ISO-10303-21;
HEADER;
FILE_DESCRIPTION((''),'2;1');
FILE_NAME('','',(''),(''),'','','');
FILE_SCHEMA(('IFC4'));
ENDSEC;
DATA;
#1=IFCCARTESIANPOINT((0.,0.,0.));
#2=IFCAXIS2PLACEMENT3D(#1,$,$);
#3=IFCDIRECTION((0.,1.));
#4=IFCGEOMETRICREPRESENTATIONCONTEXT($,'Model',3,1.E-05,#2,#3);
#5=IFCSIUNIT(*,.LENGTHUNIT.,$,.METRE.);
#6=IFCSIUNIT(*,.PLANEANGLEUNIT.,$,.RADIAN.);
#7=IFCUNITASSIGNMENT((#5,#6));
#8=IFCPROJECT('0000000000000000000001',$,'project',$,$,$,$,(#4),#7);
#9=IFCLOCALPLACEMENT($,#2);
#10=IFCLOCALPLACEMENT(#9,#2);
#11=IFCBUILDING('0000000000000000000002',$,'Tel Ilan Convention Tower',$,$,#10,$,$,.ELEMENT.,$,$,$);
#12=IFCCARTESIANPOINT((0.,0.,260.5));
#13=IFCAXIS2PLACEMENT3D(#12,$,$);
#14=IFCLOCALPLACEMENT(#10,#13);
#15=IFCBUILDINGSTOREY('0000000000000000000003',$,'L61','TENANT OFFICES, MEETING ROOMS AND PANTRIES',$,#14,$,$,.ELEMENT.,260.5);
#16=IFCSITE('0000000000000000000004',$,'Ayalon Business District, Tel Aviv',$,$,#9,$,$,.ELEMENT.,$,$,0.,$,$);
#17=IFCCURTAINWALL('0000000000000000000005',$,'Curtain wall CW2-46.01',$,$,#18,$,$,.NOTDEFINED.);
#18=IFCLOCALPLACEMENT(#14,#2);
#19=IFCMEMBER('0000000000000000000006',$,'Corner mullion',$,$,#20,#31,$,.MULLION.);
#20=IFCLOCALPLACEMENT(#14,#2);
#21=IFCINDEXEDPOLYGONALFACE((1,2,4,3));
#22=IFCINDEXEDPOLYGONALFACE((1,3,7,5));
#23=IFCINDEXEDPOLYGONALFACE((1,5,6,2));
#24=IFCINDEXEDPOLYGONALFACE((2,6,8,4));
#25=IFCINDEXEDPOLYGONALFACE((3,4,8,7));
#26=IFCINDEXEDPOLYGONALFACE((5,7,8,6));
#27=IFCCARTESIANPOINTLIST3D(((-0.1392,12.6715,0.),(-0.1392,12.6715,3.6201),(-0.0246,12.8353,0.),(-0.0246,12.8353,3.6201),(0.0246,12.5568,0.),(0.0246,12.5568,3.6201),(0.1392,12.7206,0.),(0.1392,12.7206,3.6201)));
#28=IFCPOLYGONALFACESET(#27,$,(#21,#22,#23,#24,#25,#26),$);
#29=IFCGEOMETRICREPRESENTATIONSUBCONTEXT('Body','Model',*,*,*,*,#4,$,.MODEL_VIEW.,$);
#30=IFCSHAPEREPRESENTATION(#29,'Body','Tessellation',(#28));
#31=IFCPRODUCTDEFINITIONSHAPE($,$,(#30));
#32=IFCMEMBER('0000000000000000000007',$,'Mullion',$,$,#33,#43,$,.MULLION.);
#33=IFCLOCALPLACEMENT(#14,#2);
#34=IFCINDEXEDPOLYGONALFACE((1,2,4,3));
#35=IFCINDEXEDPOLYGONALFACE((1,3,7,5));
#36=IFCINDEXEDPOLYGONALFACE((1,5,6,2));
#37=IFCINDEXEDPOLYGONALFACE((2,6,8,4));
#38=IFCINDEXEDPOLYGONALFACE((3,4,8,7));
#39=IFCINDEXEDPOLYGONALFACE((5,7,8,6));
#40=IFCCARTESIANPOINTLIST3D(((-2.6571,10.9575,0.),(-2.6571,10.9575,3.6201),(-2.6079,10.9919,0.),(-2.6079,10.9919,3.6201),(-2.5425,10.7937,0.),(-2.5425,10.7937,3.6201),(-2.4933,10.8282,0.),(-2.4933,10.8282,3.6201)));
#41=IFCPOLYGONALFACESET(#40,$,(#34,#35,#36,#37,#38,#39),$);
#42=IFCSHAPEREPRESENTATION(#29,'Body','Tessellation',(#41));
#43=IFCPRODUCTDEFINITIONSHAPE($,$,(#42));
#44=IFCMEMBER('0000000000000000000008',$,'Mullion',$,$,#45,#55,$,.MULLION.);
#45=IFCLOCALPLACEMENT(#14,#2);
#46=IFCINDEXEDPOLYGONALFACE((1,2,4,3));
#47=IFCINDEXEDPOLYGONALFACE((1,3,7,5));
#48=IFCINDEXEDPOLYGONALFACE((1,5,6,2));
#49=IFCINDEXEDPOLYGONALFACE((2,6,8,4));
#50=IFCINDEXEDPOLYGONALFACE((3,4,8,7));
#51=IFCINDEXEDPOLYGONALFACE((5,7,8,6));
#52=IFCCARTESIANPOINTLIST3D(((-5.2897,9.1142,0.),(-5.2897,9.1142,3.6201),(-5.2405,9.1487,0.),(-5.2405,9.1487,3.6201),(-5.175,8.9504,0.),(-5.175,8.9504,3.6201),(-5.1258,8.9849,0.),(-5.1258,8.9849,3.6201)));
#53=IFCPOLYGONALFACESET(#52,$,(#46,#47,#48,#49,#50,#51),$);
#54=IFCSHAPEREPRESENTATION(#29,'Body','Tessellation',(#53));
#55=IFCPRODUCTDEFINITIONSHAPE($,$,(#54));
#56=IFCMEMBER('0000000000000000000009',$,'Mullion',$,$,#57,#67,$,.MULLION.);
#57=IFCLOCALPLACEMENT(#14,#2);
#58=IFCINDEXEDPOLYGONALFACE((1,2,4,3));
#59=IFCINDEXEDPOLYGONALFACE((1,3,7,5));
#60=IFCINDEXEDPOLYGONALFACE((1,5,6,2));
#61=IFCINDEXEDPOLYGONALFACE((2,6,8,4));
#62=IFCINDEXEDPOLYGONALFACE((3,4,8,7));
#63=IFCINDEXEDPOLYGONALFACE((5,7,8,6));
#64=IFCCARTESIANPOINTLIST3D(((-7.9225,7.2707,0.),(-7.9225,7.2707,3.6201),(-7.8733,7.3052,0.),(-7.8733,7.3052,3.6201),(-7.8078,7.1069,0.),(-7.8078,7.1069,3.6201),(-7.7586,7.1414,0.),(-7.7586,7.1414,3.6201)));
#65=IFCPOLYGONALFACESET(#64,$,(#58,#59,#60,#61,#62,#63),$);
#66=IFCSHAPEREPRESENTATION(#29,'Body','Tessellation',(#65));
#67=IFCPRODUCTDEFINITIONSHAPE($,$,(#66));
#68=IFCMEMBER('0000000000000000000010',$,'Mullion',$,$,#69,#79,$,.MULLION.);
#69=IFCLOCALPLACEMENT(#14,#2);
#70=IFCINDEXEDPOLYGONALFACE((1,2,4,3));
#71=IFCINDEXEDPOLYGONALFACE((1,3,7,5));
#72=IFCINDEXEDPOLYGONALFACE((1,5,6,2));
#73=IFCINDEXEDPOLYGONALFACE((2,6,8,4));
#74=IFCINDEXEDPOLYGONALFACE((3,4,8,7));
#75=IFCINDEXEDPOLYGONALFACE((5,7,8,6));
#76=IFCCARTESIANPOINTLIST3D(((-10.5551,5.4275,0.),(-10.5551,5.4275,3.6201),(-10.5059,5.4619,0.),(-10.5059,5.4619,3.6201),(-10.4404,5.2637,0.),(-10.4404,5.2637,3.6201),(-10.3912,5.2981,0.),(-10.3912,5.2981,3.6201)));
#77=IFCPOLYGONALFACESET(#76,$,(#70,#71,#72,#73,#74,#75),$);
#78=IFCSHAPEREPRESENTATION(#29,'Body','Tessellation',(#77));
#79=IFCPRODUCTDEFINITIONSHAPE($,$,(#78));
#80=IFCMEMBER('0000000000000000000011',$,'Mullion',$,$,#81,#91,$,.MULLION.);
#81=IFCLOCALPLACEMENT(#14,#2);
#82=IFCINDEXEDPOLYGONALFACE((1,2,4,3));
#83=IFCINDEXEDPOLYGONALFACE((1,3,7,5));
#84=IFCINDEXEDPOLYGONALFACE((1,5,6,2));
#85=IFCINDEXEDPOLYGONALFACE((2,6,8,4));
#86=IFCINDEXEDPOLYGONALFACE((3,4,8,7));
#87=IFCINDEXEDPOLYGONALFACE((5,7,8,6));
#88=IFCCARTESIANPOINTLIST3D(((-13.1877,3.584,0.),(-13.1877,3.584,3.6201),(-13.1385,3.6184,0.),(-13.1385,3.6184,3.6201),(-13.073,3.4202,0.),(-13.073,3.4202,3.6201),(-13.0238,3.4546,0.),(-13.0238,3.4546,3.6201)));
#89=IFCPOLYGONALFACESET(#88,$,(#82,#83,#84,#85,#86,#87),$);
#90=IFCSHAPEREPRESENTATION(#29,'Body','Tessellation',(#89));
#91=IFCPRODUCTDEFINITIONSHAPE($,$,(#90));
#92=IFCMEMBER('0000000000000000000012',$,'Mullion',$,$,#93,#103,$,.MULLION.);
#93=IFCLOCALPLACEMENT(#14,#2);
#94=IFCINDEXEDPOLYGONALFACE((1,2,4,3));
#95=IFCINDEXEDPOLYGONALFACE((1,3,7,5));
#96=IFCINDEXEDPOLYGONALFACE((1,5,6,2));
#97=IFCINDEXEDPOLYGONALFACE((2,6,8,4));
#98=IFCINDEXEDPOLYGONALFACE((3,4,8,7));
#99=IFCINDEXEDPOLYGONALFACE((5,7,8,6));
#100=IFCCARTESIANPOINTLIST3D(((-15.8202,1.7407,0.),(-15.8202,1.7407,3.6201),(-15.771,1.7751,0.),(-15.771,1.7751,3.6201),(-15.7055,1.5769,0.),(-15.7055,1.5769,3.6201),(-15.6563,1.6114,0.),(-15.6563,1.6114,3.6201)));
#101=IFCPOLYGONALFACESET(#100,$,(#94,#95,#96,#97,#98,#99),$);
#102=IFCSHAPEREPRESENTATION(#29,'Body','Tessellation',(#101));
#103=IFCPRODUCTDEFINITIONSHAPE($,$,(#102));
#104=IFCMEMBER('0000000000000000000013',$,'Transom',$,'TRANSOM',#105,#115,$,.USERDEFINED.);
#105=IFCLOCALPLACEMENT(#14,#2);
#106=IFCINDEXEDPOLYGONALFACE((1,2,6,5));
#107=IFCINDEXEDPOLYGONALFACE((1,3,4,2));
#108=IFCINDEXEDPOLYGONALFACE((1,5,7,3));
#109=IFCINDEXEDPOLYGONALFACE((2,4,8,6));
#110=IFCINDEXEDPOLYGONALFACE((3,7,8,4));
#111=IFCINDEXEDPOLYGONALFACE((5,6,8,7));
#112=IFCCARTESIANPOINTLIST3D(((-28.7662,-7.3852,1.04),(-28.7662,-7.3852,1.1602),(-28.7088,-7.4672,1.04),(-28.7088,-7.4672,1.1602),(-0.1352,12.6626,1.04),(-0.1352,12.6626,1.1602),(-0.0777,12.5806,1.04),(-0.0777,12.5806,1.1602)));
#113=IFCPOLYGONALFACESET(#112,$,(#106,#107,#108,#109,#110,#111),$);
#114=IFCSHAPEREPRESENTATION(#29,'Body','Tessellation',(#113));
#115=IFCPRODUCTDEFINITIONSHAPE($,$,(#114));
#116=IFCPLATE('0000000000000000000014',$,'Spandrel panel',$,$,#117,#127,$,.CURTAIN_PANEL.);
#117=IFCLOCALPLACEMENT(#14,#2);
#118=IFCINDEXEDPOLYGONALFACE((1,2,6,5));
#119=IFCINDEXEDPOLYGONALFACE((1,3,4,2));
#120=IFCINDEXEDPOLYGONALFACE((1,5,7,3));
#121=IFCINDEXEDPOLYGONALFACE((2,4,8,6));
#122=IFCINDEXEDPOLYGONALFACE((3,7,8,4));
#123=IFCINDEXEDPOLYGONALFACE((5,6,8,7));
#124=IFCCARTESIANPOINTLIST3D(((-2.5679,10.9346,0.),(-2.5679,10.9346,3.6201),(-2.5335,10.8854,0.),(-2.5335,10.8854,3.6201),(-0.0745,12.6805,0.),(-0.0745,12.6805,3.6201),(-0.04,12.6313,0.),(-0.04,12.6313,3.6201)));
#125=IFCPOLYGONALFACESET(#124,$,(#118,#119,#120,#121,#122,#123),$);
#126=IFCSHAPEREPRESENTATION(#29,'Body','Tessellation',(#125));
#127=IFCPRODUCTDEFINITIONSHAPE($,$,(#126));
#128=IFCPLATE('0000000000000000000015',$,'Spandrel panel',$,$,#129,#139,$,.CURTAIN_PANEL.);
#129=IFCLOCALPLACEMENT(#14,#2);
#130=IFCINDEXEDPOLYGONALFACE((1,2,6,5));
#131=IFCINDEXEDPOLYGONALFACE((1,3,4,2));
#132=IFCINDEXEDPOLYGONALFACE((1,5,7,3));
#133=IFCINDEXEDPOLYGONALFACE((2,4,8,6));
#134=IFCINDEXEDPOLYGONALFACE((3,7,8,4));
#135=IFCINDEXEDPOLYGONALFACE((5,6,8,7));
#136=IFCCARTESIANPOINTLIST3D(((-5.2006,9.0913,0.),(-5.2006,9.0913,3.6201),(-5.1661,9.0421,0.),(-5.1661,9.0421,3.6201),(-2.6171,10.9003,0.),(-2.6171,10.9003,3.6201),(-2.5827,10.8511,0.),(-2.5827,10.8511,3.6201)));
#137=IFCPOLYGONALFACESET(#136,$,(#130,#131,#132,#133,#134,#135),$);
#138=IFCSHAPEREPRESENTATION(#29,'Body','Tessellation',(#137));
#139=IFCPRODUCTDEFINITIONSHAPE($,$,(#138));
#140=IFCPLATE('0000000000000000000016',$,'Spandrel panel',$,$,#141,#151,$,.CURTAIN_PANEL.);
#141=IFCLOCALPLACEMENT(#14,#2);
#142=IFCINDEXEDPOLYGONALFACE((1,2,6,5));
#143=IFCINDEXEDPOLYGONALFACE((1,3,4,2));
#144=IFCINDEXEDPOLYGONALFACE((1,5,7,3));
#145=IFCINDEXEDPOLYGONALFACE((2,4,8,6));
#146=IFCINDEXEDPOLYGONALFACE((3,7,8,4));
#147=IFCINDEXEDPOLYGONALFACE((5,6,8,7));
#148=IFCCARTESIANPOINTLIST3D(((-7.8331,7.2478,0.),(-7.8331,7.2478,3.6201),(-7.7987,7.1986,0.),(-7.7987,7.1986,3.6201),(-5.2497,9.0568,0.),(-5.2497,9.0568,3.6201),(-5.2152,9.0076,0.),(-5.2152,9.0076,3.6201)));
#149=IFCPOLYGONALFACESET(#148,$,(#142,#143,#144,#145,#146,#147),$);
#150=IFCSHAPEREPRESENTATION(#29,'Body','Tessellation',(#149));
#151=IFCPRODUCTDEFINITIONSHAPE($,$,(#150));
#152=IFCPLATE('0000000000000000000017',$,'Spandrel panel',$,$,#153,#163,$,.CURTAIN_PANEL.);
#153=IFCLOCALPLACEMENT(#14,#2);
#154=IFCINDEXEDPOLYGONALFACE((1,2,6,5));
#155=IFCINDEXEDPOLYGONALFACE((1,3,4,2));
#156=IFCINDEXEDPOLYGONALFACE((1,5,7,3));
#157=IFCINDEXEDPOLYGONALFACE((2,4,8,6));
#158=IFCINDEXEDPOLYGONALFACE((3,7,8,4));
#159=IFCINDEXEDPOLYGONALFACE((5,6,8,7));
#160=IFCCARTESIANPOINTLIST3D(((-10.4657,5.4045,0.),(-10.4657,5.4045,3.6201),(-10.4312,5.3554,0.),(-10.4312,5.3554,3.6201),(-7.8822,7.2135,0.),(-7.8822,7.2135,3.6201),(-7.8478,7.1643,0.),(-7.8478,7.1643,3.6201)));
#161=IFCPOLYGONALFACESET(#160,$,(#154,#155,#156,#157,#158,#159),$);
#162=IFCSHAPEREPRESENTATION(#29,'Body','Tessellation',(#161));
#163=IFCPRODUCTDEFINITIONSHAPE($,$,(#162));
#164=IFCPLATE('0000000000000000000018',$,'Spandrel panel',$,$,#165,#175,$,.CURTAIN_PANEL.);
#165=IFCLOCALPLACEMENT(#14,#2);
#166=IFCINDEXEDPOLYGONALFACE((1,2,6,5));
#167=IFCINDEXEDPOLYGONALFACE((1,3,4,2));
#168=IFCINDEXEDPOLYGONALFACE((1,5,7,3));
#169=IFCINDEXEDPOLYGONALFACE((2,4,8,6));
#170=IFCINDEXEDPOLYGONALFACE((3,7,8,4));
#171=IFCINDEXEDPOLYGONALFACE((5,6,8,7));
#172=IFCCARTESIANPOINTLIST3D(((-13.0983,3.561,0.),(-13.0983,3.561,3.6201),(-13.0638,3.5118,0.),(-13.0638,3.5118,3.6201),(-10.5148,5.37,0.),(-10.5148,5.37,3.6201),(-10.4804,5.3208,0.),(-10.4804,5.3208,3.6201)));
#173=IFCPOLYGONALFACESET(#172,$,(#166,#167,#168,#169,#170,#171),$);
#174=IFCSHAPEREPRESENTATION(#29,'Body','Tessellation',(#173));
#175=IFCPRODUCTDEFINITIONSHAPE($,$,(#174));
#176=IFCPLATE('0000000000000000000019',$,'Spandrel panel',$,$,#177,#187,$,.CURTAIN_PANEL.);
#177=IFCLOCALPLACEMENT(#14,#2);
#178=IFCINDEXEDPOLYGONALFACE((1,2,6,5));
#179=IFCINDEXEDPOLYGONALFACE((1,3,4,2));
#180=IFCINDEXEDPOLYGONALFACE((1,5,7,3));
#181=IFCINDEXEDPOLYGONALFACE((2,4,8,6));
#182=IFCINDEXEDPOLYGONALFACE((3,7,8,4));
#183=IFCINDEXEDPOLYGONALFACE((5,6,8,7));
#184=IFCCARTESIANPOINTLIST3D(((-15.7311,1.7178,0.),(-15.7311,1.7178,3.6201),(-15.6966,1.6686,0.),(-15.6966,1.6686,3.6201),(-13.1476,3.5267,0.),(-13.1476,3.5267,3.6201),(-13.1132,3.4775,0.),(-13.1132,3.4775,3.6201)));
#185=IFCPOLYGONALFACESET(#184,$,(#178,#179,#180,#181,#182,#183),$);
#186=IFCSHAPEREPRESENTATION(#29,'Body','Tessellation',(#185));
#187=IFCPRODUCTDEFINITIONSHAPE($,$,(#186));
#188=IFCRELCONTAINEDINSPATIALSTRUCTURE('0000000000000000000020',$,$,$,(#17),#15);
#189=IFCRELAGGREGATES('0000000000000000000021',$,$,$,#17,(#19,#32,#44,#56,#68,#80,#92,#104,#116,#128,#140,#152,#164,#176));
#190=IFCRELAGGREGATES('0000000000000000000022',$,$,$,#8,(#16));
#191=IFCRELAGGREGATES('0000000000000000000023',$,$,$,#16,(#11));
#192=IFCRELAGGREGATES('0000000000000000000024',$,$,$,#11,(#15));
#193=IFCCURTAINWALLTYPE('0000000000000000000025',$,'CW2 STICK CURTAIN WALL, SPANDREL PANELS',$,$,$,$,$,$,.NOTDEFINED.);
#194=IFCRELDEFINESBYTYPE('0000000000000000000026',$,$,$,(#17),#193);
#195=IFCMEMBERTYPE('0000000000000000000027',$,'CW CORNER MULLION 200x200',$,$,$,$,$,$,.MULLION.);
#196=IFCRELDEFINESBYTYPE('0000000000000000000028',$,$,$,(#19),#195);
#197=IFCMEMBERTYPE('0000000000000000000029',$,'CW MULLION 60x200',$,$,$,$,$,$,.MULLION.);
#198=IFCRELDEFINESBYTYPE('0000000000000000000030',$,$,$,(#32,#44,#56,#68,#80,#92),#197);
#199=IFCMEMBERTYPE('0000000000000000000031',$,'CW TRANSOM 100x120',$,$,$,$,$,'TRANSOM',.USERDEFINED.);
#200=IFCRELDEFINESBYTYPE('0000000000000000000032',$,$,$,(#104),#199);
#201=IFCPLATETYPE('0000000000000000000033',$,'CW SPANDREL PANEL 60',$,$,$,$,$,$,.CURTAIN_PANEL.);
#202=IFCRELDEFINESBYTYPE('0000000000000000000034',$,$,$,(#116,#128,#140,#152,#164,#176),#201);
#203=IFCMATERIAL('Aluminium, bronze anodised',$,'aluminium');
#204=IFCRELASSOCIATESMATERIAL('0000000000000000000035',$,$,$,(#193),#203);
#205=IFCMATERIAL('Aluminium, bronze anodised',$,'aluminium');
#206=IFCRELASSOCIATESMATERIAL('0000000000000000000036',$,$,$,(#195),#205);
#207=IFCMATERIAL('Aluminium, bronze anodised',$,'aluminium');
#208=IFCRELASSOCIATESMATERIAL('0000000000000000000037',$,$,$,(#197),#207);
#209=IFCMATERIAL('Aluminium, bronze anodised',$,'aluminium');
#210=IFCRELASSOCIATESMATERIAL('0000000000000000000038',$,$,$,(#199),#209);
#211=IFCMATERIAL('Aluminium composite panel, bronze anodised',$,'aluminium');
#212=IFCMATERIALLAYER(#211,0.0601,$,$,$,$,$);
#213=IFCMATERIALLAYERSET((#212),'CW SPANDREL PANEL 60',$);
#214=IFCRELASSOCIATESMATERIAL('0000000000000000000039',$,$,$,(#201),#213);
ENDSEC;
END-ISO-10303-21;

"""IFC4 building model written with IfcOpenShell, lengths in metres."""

from ifc_helpers import new_model, si_unit, direction, frame, origin, origin_2d, place, context, subcontext, project, spatial, rectangle, extrude, material, layer, layer_set, material_profile, profile_set, type_object, element, aggregate, save


model = new_model("IFC4")

# Units and contexts
model_context = context("Model", 3, precision=1e-05, world=origin(), true_north=direction((0.0, 1.0)))
body_context = subcontext(model_context, "Body", "Model", "MODEL_VIEW")
ifc_project = project(units=[si_unit("LENGTHUNIT", "METRE"), si_unit("PLANEANGLEUNIT", "RADIAN")], contexts=[model_context])

# Site, building, storey
site_placement = place(None, origin())
site = spatial("IfcSite", under=ifc_project, at=site_placement, Name="Ayalon Business District, Tel Aviv", CompositionType="ELEMENT", RefElevation=0.0)
building_placement = place(site_placement, origin())
building = spatial("IfcBuilding", under=site, at=building_placement, Name="Tel Ilan Convention Tower", CompositionType="ELEMENT")
storey_placement = place(building_placement, frame((0.0, 0.0, 260.5)))
storey = spatial("IfcBuildingStorey", under=building, at=storey_placement, Name="L61", Description="TENANT OFFICES, MEETING ROOMS AND PANTRIES", CompositionType="ELEMENT", Elevation=260.5)

# Curtain wall, members, plates
ifc_material_1 = material(Name="Aluminium, bronze anodised", Category="aluminium")
curtain_wall_type = type_object("IfcCurtainWallType", Name="CW2 STICK CURTAIN WALL, SPANDREL PANELS", PredefinedType="NOTDEFINED", material=ifc_material_1)
curtain_wall_placement = place(storey_placement, origin())
curtain_wall = element("IfcCurtainWall", 1, at=curtain_wall_placement, inside=storey, type_object=curtain_wall_type, Name="Curtain wall CW2-46.01", PredefinedType="NOTDEFINED")
ifc_material_2 = material(Name="Aluminium, bronze anodised", Category="aluminium")
ifc_material_profile_1 = material_profile(ifc_material_2, rectangle(XDim=0.2, YDim=0.2, at=origin_2d()), Name="CW CORNER MULLION 200x200")
ifc_profile_set_1 = profile_set([ifc_material_profile_1], Name="Aluminium, bronze anodised")
member_type_1 = type_object("IfcMemberType", Name="CW CORNER MULLION 200x200", PredefinedType="MULLION", material=ifc_profile_set_1)
member_1_placement = place(storey_placement, frame((0.0, 12.696, 0.0), z_axis=(0.0, 0.0, 1.0), x_axis=(-0.819152, 0.573576, 0.0)))
member_1 = element("IfcMember", 2, at=member_1_placement, type_object=member_type_1, Name="Corner mullion", PredefinedType="MULLION", context=body_context, shape_type="SweptSolid", body=[
    extrude(rectangle(XDim=0.2, YDim=0.2, at=origin_2d()), origin(), (0.0, 0.0, 1.0), 3.6201),
])
ifc_material_3 = material(Name="Aluminium, bronze anodised", Category="aluminium")
ifc_material_profile_2 = material_profile(ifc_material_3, rectangle(XDim=0.0601, YDim=0.2, at=origin_2d()), Name="CW MULLION 60x200")
ifc_profile_set_2 = profile_set([ifc_material_profile_2], Name="Aluminium, bronze anodised")
member_type_2 = type_object("IfcMemberType", Name="CW MULLION 60x200", PredefinedType="MULLION", material=ifc_profile_set_2)
member_2_placement = place(storey_placement, frame((-2.5752, 10.8928, 0.0), z_axis=(0.0, 0.0, 1.0), x_axis=(-0.819152, -0.573576, 0.0)))
member_2 = element("IfcMember", 3, at=member_2_placement, type_object=member_type_2, Name="Mullion", PredefinedType="MULLION", context=body_context, shape_type="SweptSolid", body=[
    extrude(rectangle(XDim=0.0601, YDim=0.2, at=origin_2d()), origin(), (0.0, 0.0, 1.0), 3.6201),
])
member_3_placement = place(storey_placement, frame((-5.2078, 9.0496, 0.0), z_axis=(0.0, 0.0, 1.0), x_axis=(-0.819152, -0.573576, 0.0)))
member_3 = element("IfcMember", 4, at=member_3_placement, type_object=member_type_2, Name="Mullion", PredefinedType="MULLION", context=body_context, shape_type="SweptSolid", body=[
    extrude(rectangle(XDim=0.0601, YDim=0.2, at=origin_2d()), origin(), (0.0, 0.0, 1.0), 3.6201),
])
member_4_placement = place(storey_placement, frame((-7.8406, 7.2061, 0.0), z_axis=(0.0, 0.0, 1.0), x_axis=(-0.819152, -0.573576, 0.0)))
member_4 = element("IfcMember", 5, at=member_4_placement, type_object=member_type_2, Name="Mullion", PredefinedType="MULLION", context=body_context, shape_type="SweptSolid", body=[
    extrude(rectangle(XDim=0.0601, YDim=0.2, at=origin_2d()), origin(), (0.0, 0.0, 1.0), 3.6201),
])
member_5_placement = place(storey_placement, frame((-10.4731, 5.3628, 0.0), z_axis=(0.0, 0.0, 1.0), x_axis=(-0.819152, -0.573576, 0.0)))
member_5 = element("IfcMember", 6, at=member_5_placement, type_object=member_type_2, Name="Mullion", PredefinedType="MULLION", context=body_context, shape_type="SweptSolid", body=[
    extrude(rectangle(XDim=0.0601, YDim=0.2, at=origin_2d()), origin(), (0.0, 0.0, 1.0), 3.6201),
])
member_6_placement = place(storey_placement, frame((-13.1057, 3.5193, 0.0), z_axis=(0.0, 0.0, 1.0), x_axis=(-0.819152, -0.573576, 0.0)))
member_6 = element("IfcMember", 7, at=member_6_placement, type_object=member_type_2, Name="Mullion", PredefinedType="MULLION", context=body_context, shape_type="SweptSolid", body=[
    extrude(rectangle(XDim=0.0601, YDim=0.2, at=origin_2d()), origin(), (0.0, 0.0, 1.0), 3.6201),
])
member_7_placement = place(storey_placement, frame((-15.7383, 1.676, 0.0), z_axis=(0.0, 0.0, 1.0), x_axis=(-0.819152, -0.573576, 0.0)))
member_7 = element("IfcMember", 8, at=member_7_placement, type_object=member_type_2, Name="Mullion", PredefinedType="MULLION", context=body_context, shape_type="SweptSolid", body=[
    extrude(rectangle(XDim=0.0601, YDim=0.2, at=origin_2d()), origin(), (0.0, 0.0, 1.0), 3.6201),
])
ifc_material_4 = material(Name="Aluminium, bronze anodised", Category="aluminium")
ifc_material_profile_3 = material_profile(ifc_material_4, rectangle(XDim=0.1001, YDim=0.1201, at=origin_2d()), Name="CW TRANSOM 100x120")
ifc_profile_set_3 = profile_set([ifc_material_profile_3], Name="Aluminium, bronze anodised")
member_type_3 = type_object("IfcMemberType", Name="CW TRANSOM 100x120", ElementType="TRANSOM", PredefinedType="USERDEFINED", material=ifc_profile_set_3)
member_8_placement = place(storey_placement, frame((-0.1064, 12.6216, 1.1001), z_axis=(-0.81915, -0.573579, 0.0), x_axis=(0.573579, -0.81915, 0.0)))
member_8 = element("IfcMember", 9, at=member_8_placement, type_object=member_type_3, Name="Transom", ObjectType="TRANSOM", PredefinedType="USERDEFINED", context=body_context, shape_type="SweptSolid", body=[
    extrude(rectangle(XDim=0.1001, YDim=0.1201, at=origin_2d()), origin(), (0.0, 0.0, 1.0), 34.9521),
])
ifc_material_5 = material(Name="Aluminium composite panel, bronze anodised", Category="aluminium")
ifc_layer_1 = layer(ifc_material_5, 0.0601)
ifc_layer_set_1 = layer_set([ifc_layer_1], Name="CW SPANDREL PANEL 60")
plate_type = type_object("IfcPlateType", Name="CW SPANDREL PANEL 60", PredefinedType="CURTAIN_PANEL", material=ifc_layer_set_1)
plate_1_placement = place(storey_placement, frame((-1.304, 11.783, 0.0), z_axis=(0.0, 0.0, 1.0), x_axis=(-0.819152, -0.573576, 0.0)))
plate_1 = element("IfcPlate", 10, at=plate_1_placement, type_object=plate_type, Name="Spandrel panel", PredefinedType="CURTAIN_PANEL", context=body_context, shape_type="SweptSolid", body=[
    extrude(rectangle(XDim=3.0439, YDim=0.0601, at=origin_2d()), origin(), (0.0, 0.0, 1.0), 3.6201),
])
plate_2_placement = place(storey_placement, frame((-3.8916, 9.9712, 0.0), z_axis=(0.0, 0.0, 1.0), x_axis=(-0.819152, -0.573576, 0.0)))
plate_2 = element("IfcPlate", 11, at=plate_2_placement, type_object=plate_type, Name="Spandrel panel", PredefinedType="CURTAIN_PANEL", context=body_context, shape_type="SweptSolid", body=[
    extrude(rectangle(XDim=3.1538, YDim=0.0601, at=origin_2d()), origin(), (0.0, 0.0, 1.0), 3.6201),
])
plate_3_placement = place(storey_placement, frame((-6.5242, 8.1277, 0.0), z_axis=(0.0, 0.0, 1.0), x_axis=(-0.819152, -0.573576, 0.0)))
plate_3 = element("IfcPlate", 12, at=plate_3_placement, type_object=plate_type, Name="Spandrel panel", PredefinedType="CURTAIN_PANEL", context=body_context, shape_type="SweptSolid", body=[
    extrude(rectangle(XDim=3.1538, YDim=0.0601, at=origin_2d()), origin(), (0.0, 0.0, 1.0), 3.6201),
])
plate_4_placement = place(storey_placement, frame((-9.1567, 6.2844, 0.0), z_axis=(0.0, 0.0, 1.0), x_axis=(-0.819152, -0.573576, 0.0)))
plate_4 = element("IfcPlate", 13, at=plate_4_placement, type_object=plate_type, Name="Spandrel panel", PredefinedType="CURTAIN_PANEL", context=body_context, shape_type="SweptSolid", body=[
    extrude(rectangle(XDim=3.1538, YDim=0.0601, at=origin_2d()), origin(), (0.0, 0.0, 1.0), 3.6201),
])
plate_5_placement = place(storey_placement, frame((-11.7893, 4.4409, 0.0), z_axis=(0.0, 0.0, 1.0), x_axis=(-0.819152, -0.573576, 0.0)))
plate_5 = element("IfcPlate", 14, at=plate_5_placement, type_object=plate_type, Name="Spandrel panel", PredefinedType="CURTAIN_PANEL", context=body_context, shape_type="SweptSolid", body=[
    extrude(rectangle(XDim=3.1538, YDim=0.0601, at=origin_2d()), origin(), (0.0, 0.0, 1.0), 3.6201),
])
plate_6_placement = place(storey_placement, frame((-14.4221, 2.5977, 0.0), z_axis=(0.0, 0.0, 1.0), x_axis=(-0.819152, -0.573576, 0.0)))
plate_6 = element("IfcPlate", 15, at=plate_6_placement, type_object=plate_type, Name="Spandrel panel", PredefinedType="CURTAIN_PANEL", context=body_context, shape_type="SweptSolid", body=[
    extrude(rectangle(XDim=3.1538, YDim=0.0601, at=origin_2d()), origin(), (0.0, 0.0, 1.0), 3.6201),
])
aggregate(curtain_wall, [member_1, member_2, member_3, member_4, member_5, member_6, member_7, member_8, plate_1, plate_2, plate_3, plate_4, plate_5, plate_6])

save(model, "model.ifc")
